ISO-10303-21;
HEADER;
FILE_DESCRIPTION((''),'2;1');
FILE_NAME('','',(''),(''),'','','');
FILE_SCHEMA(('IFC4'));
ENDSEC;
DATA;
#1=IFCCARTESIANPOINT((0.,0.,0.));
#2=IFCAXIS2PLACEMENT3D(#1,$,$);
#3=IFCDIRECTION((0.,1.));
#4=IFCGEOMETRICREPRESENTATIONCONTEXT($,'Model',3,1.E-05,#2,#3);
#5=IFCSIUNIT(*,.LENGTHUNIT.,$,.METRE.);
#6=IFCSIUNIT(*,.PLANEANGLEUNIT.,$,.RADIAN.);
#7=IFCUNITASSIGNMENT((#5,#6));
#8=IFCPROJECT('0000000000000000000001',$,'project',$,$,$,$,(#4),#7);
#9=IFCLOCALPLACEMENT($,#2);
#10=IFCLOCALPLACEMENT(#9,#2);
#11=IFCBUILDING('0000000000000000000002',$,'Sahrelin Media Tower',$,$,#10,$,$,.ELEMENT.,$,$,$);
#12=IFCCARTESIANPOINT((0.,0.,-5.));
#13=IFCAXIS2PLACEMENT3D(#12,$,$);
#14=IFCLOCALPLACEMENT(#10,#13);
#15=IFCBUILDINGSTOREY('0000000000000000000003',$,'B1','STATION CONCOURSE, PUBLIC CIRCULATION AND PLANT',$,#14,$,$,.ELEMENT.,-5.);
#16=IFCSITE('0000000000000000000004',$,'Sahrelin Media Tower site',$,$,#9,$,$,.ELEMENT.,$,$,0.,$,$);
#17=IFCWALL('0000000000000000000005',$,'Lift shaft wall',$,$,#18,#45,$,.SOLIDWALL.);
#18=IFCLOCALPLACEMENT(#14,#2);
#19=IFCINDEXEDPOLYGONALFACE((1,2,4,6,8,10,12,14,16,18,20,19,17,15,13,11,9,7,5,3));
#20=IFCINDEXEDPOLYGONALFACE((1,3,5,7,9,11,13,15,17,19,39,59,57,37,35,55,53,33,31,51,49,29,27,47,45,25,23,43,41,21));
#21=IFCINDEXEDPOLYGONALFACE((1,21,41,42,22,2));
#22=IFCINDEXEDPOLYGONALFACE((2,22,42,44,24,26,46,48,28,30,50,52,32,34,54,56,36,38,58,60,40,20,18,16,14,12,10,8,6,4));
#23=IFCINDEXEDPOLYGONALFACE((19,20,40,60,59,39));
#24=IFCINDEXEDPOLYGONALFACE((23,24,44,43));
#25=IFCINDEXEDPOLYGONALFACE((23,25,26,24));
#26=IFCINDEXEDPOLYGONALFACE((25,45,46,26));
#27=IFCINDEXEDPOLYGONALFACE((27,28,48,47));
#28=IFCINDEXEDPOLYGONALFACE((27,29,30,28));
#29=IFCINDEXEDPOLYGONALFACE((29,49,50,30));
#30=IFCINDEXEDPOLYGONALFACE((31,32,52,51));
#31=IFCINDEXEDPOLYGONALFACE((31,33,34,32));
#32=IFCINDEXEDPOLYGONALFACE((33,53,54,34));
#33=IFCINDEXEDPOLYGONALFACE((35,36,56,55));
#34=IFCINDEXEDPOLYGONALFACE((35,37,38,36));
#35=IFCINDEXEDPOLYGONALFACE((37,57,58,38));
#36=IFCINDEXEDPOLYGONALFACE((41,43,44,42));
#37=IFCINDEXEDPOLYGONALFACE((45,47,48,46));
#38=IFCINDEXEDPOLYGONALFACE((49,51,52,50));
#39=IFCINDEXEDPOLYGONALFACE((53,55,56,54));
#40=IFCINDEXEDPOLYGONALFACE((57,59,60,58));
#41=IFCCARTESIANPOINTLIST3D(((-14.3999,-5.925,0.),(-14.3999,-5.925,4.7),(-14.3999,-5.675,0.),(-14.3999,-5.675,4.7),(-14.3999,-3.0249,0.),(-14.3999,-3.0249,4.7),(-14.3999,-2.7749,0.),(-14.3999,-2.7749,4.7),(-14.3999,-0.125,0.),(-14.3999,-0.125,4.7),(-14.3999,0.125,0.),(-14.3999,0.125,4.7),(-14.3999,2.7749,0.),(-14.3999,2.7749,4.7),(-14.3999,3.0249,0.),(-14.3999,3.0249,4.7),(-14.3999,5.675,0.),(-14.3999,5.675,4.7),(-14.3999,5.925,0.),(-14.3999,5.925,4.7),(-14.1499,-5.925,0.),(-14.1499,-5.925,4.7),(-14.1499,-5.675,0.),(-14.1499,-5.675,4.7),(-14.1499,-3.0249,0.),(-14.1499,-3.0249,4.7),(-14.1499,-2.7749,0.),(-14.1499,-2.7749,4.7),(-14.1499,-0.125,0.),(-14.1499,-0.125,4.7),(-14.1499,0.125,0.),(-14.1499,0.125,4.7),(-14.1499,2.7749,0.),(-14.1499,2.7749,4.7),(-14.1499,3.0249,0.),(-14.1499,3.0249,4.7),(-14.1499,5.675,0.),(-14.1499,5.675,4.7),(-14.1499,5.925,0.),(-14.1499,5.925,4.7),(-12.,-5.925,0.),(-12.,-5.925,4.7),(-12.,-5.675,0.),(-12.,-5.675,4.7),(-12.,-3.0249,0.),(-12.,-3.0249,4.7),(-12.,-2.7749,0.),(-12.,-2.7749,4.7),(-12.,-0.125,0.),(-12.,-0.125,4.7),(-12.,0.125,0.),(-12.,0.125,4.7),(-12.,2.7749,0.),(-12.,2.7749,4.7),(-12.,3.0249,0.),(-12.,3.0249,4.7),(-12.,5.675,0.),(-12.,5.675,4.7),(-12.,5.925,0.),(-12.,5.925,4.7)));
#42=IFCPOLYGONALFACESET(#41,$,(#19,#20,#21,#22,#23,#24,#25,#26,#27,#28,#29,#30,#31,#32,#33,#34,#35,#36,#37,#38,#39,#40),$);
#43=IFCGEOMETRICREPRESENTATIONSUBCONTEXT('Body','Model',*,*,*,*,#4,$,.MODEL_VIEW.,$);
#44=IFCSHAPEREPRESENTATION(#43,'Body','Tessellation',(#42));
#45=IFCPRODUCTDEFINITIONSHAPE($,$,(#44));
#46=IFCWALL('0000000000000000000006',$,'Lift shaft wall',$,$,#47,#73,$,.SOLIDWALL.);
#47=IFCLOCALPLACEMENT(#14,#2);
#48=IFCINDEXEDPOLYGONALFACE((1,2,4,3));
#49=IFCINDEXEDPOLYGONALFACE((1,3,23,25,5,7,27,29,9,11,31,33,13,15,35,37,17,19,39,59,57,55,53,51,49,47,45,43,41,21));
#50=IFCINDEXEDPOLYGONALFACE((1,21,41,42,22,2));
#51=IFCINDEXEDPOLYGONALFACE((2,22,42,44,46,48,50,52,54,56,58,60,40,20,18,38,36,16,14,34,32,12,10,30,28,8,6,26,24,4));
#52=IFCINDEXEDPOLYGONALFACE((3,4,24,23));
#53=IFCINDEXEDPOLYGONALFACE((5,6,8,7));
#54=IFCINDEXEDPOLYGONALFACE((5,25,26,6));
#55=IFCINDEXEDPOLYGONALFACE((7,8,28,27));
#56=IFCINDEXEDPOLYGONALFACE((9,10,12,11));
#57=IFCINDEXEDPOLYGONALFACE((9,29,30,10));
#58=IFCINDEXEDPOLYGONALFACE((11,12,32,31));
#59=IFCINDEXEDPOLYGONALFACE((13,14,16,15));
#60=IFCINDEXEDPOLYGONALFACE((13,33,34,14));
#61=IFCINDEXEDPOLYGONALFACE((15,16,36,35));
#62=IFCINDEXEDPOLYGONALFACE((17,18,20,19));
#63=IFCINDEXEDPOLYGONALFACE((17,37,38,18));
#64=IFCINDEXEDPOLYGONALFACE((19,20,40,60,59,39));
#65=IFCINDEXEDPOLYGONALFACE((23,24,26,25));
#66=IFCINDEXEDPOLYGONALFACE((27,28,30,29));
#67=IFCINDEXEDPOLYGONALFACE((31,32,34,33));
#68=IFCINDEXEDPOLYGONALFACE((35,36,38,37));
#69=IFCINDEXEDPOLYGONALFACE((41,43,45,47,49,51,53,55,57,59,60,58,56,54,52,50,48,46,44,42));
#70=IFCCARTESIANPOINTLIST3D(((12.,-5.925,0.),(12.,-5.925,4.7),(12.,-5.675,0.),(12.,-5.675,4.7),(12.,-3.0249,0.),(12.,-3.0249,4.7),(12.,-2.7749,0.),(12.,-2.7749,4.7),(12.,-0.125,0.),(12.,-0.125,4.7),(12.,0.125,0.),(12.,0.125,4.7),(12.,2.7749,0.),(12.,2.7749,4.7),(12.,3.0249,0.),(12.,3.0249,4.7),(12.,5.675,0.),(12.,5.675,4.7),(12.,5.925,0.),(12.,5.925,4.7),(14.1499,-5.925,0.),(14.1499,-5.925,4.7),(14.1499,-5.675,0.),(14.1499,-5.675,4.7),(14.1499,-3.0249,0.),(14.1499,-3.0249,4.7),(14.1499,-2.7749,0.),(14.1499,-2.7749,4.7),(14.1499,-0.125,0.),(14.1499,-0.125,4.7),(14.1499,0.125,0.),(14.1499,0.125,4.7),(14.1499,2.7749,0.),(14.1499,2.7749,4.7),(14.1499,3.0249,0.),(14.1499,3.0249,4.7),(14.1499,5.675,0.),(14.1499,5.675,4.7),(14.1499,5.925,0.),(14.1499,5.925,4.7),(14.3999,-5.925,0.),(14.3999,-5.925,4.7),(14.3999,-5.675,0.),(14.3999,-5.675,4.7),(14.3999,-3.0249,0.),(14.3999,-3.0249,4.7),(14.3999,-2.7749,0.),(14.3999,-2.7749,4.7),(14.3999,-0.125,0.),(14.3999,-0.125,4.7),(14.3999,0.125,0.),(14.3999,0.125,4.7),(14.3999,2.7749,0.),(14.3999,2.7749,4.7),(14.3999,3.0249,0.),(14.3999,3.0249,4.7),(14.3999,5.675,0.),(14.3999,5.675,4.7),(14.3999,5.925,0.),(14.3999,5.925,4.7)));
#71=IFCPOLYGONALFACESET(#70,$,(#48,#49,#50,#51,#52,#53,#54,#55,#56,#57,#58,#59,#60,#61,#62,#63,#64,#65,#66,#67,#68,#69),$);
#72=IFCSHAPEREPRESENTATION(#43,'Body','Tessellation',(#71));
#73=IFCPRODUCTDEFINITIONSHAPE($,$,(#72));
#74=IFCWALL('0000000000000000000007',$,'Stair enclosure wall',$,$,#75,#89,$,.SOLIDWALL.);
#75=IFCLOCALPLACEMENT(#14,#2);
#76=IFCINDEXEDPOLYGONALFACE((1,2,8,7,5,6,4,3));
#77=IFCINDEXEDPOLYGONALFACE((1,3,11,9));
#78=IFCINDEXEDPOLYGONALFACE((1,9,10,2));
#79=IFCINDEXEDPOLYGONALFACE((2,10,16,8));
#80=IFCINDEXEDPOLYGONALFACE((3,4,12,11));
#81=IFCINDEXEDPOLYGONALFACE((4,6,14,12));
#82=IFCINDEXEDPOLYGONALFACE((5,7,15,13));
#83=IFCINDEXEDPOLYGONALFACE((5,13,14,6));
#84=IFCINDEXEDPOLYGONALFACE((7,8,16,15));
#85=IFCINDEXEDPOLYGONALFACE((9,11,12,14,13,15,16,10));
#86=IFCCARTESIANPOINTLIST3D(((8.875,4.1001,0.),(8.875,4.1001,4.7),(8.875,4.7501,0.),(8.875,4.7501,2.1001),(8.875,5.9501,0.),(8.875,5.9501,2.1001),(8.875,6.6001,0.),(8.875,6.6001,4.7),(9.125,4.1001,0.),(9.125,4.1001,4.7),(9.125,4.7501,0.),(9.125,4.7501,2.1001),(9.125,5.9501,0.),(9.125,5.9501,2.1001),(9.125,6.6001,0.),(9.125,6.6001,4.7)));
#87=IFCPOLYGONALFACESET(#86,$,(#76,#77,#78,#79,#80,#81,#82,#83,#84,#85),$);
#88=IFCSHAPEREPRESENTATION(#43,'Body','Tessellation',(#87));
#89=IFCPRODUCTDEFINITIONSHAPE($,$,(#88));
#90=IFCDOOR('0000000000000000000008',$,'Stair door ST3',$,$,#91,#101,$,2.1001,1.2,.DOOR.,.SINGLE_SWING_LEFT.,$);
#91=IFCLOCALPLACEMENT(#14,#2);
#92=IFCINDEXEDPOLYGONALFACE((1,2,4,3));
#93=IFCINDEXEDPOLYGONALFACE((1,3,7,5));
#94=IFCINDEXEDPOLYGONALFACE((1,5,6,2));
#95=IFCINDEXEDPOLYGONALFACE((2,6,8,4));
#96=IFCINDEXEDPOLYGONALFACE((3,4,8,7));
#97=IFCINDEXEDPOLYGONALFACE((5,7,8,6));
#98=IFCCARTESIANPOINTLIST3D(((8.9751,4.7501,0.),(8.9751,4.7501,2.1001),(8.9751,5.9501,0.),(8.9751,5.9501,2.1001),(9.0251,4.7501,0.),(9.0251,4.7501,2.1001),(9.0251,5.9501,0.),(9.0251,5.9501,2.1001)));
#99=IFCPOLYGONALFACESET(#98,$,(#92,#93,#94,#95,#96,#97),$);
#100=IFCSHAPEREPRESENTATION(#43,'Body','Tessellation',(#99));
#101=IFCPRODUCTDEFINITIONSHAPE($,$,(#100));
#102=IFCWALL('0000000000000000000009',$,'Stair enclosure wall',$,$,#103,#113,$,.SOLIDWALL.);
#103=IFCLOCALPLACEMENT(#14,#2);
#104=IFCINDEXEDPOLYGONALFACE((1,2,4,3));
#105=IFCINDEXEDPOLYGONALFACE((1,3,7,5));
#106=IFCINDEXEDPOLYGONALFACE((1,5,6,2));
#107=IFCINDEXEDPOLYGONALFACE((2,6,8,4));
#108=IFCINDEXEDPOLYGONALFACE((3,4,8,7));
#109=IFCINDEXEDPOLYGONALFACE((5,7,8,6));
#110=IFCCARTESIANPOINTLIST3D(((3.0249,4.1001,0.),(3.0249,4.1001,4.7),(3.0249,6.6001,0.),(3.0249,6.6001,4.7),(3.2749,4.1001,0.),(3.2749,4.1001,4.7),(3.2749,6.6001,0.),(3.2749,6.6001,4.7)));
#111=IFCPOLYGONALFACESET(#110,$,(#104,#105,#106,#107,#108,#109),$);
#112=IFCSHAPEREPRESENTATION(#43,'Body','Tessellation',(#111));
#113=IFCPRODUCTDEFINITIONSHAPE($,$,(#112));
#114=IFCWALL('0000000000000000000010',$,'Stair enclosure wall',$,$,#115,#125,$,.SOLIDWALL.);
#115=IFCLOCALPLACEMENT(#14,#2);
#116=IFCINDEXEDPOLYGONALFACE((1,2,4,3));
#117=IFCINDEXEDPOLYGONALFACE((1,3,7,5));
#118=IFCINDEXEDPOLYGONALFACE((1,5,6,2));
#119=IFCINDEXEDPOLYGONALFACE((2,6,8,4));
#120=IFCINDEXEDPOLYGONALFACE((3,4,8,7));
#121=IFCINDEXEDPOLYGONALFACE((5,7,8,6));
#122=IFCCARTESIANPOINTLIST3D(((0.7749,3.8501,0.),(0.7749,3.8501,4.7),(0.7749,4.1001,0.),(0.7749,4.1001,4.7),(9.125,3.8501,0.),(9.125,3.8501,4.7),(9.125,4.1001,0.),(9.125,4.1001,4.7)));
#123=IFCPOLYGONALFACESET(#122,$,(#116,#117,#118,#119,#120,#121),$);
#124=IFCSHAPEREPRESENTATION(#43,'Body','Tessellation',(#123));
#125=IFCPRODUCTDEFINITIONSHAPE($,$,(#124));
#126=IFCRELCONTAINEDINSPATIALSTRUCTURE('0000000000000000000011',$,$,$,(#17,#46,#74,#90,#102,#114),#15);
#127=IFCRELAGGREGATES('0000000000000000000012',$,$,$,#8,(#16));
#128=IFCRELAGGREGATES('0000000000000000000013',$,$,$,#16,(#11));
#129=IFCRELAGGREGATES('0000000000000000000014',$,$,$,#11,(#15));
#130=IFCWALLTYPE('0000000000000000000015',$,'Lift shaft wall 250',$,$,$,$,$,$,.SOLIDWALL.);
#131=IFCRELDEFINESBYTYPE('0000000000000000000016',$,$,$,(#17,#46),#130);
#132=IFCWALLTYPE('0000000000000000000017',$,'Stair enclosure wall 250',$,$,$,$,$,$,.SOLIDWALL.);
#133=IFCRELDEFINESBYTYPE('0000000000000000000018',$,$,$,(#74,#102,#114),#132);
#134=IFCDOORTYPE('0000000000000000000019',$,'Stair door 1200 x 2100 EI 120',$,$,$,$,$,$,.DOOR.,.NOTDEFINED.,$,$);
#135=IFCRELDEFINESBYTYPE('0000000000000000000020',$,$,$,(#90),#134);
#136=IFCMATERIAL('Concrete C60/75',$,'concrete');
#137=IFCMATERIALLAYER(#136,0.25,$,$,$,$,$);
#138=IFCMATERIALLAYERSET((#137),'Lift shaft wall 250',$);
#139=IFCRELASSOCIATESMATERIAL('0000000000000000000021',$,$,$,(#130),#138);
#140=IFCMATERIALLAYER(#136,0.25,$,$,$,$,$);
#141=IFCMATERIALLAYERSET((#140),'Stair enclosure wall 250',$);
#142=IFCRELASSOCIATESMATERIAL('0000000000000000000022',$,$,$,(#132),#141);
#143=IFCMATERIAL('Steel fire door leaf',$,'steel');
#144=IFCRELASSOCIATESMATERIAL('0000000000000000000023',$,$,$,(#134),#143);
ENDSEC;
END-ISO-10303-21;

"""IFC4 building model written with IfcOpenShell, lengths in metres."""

from ifc_helpers import new_model, si_unit, direction, frame, frame_2d, origin, place, context, subcontext, project, spatial, polyline, rectangle, outline, extrude, material, layer, layer_set, type_object, element, fill, save


model = new_model("IFC4")

# Units and contexts
model_context = context("Model", 3, precision=1e-05, world=origin(), true_north=direction((0.0, 1.0)))
body_context = subcontext(model_context, "Body", "Model", "MODEL_VIEW")
ifc_project = project(units=[si_unit("LENGTHUNIT", "METRE"), si_unit("PLANEANGLEUNIT", "RADIAN")], contexts=[model_context])

# Site, building, storey
site_placement = place(None, origin())
site = spatial("IfcSite", under=ifc_project, at=site_placement, Name="Sahrelin Media Tower site", CompositionType="ELEMENT", RefElevation=0.0)
building_placement = place(site_placement, origin())
building = spatial("IfcBuilding", under=site, at=building_placement, Name="Sahrelin Media Tower", CompositionType="ELEMENT")
storey_placement = place(building_placement, frame((0.0, 0.0, -5.0)))
storey = spatial("IfcBuildingStorey", under=building, at=storey_placement, Name="B1", Description="STATION CONCOURSE, PUBLIC CIRCULATION AND PLANT", CompositionType="ELEMENT", Elevation=-5.0)

# Shared definitions
ifc_material_1 = material(Name="Concrete C60/75", Category="concrete")

# Shared definitions
placement_1 = place(storey_placement, origin())

# Shared definitions
ifc_layer_1 = layer(ifc_material_1, 0.25)
ifc_layer_set_1 = layer_set([ifc_layer_1], Name="Lift shaft wall 250")
wall_type_1 = type_object("IfcWallType", Name="Lift shaft wall 250", PredefinedType="SOLIDWALL", material=ifc_layer_set_1)
ifc_material_2 = material(Name="Steel fire door leaf", Category="steel")

# Walls
element("IfcWall", 1, at=placement_1, inside=storey, type_object=wall_type_1, Name="Lift shaft wall", PredefinedType="SOLIDWALL", context=body_context, shape_type="SweptSolid", body=[
    extrude(outline(polyline([(-12.0, -5.925), (-12.0, -5.675), (-14.1499, -5.675), (-14.1499, -3.0249), (-12.0, -3.0249), (-12.0, -2.7749), (-14.1499, -2.7749), (-14.1499, -0.125), (-12.0, -0.125), (-12.0, 0.125), (-14.1499, 0.125), (-14.1499, 2.7749), (-12.0, 2.7749), (-12.0, 3.0249), (-14.1499, 3.0249), (-14.1499, 5.675), (-12.0, 5.675), (-12.0, 5.925), (-14.1499, 5.925), (-14.3999, 5.925), (-14.3999, 5.675), (-14.3999, 3.0249), (-14.3999, 2.7749), (-14.3999, 0.125), (-14.3999, -0.125), (-14.3999, -2.7749), (-14.3999, -3.0249), (-14.3999, -5.675), (-14.3999, -5.925), (-14.1499, -5.925), (-12.0, -5.925)])), origin(), (0.0, 0.0, 1.0), 4.7),
])
element("IfcWall", 2, at=placement_1, inside=storey, type_object=wall_type_1, Name="Lift shaft wall", PredefinedType="SOLIDWALL", context=body_context, shape_type="SweptSolid", body=[
    extrude(outline(polyline([(12.0, -5.675), (12.0, -5.925), (14.1499, -5.925), (14.3999, -5.925), (14.3999, -5.675), (14.3999, -3.0249), (14.3999, -2.7749), (14.3999, -0.125), (14.3999, 0.125), (14.3999, 2.7749), (14.3999, 3.0249), (14.3999, 5.675), (14.3999, 5.925), (14.1499, 5.925), (12.0, 5.925), (12.0, 5.675), (14.1499, 5.675), (14.1499, 3.0249), (12.0, 3.0249), (12.0, 2.7749), (14.1499, 2.7749), (14.1499, 0.125), (12.0, 0.125), (12.0, -0.125), (14.1499, -0.125), (14.1499, -2.7749), (12.0, -2.7749), (12.0, -3.0249), (14.1499, -3.0249), (14.1499, -5.675), (12.0, -5.675)])), origin(), (0.0, 0.0, 1.0), 4.7),
])

# Wall, opening, door
ifc_layer_2 = layer(ifc_material_1, 0.25)
ifc_layer_set_2 = layer_set([ifc_layer_2], Name="Stair enclosure wall 250")
wall_type_2 = type_object("IfcWallType", Name="Stair enclosure wall 250", PredefinedType="SOLIDWALL", material=ifc_layer_set_2)
wall_1_placement = place(storey_placement, frame((9.0, 4.1001, 0.0), z_axis=(0.0, 0.0, 1.0), x_axis=(0.0, 1.0, 0.0)))
wall_1 = element("IfcWall", 3, at=wall_1_placement, inside=storey, type_object=wall_type_2, Name="Stair enclosure wall", PredefinedType="SOLIDWALL", context=body_context, shape_type="SweptSolid", body=[
    extrude(rectangle(XDim=2.5, YDim=0.25, at=frame_2d((1.25, 0.0))), origin(), (0.0, 0.0, 1.0), 4.7),
])
opening_1_placement = place(wall_1_placement, frame((0.6499, 0.0, 0.0)))
opening_1 = element("IfcOpeningElement", 4, at=opening_1_placement, cuts=wall_1, PredefinedType="OPENING", context=body_context, shape_type="SweptSolid", body=[
    extrude(rectangle(XDim=1.2, YDim=2.1001, at=frame_2d((0.6001, 1.05))), frame((0.0, 0.125, 0.0), z_axis=(0.0, -1.0, 0.0), x_axis=(1.0, 0.0, 0.0)), (0.0, 0.0, 1.0), 0.25),
])
door_type_1 = type_object("IfcDoorType", Name="Stair door 1200 x 2100 EI 120", OperationType="NOTDEFINED", PredefinedType="DOOR", material=ifc_material_2)
door_1_placement = place(opening_1_placement, origin())
door_1 = element("IfcDoor", 5, at=door_1_placement, inside=storey, type_object=door_type_1, Name="Stair door ST3", OperationType="SINGLE_SWING_LEFT", OverallHeight=2.1001, OverallWidth=1.2, PredefinedType="DOOR", context=body_context, shape_type="SweptSolid", body=[
    extrude(rectangle(XDim=1.2, YDim=2.1001, at=frame_2d((0.6001, 1.05))), frame((0.0, 0.0249, 0.0), z_axis=(0.0, -1.0, 0.0), x_axis=(1.0, 0.0, 0.0)), (0.0, 0.0, 1.0), 0.05),
])
fill(opening_1, door_1)

# Walls
wall_2_placement = place(storey_placement, frame((3.1499, 4.1001, 0.0), z_axis=(0.0, 0.0, 1.0), x_axis=(0.0, 1.0, 0.0)))
element("IfcWall", 6, at=wall_2_placement, inside=storey, type_object=wall_type_2, Name="Stair enclosure wall", PredefinedType="SOLIDWALL", context=body_context, shape_type="SweptSolid", body=[
    extrude(rectangle(XDim=2.5, YDim=0.25, at=frame_2d((1.25, 0.0))), origin(), (0.0, 0.0, 1.0), 4.7),
])
wall_3_placement = place(storey_placement, frame((0.7749, 3.9751, 0.0), z_axis=(0.0, 0.0, 1.0), x_axis=(1.0, 0.0, 0.0)))
element("IfcWall", 7, at=wall_3_placement, inside=storey, type_object=wall_type_2, Name="Stair enclosure wall", PredefinedType="SOLIDWALL", context=body_context, shape_type="SweptSolid", body=[
    extrude(rectangle(XDim=8.3501, YDim=0.25, at=frame_2d((4.175, 0.0))), origin(), (0.0, 0.0, 1.0), 4.7),
])

save(model, "model.ifc")
